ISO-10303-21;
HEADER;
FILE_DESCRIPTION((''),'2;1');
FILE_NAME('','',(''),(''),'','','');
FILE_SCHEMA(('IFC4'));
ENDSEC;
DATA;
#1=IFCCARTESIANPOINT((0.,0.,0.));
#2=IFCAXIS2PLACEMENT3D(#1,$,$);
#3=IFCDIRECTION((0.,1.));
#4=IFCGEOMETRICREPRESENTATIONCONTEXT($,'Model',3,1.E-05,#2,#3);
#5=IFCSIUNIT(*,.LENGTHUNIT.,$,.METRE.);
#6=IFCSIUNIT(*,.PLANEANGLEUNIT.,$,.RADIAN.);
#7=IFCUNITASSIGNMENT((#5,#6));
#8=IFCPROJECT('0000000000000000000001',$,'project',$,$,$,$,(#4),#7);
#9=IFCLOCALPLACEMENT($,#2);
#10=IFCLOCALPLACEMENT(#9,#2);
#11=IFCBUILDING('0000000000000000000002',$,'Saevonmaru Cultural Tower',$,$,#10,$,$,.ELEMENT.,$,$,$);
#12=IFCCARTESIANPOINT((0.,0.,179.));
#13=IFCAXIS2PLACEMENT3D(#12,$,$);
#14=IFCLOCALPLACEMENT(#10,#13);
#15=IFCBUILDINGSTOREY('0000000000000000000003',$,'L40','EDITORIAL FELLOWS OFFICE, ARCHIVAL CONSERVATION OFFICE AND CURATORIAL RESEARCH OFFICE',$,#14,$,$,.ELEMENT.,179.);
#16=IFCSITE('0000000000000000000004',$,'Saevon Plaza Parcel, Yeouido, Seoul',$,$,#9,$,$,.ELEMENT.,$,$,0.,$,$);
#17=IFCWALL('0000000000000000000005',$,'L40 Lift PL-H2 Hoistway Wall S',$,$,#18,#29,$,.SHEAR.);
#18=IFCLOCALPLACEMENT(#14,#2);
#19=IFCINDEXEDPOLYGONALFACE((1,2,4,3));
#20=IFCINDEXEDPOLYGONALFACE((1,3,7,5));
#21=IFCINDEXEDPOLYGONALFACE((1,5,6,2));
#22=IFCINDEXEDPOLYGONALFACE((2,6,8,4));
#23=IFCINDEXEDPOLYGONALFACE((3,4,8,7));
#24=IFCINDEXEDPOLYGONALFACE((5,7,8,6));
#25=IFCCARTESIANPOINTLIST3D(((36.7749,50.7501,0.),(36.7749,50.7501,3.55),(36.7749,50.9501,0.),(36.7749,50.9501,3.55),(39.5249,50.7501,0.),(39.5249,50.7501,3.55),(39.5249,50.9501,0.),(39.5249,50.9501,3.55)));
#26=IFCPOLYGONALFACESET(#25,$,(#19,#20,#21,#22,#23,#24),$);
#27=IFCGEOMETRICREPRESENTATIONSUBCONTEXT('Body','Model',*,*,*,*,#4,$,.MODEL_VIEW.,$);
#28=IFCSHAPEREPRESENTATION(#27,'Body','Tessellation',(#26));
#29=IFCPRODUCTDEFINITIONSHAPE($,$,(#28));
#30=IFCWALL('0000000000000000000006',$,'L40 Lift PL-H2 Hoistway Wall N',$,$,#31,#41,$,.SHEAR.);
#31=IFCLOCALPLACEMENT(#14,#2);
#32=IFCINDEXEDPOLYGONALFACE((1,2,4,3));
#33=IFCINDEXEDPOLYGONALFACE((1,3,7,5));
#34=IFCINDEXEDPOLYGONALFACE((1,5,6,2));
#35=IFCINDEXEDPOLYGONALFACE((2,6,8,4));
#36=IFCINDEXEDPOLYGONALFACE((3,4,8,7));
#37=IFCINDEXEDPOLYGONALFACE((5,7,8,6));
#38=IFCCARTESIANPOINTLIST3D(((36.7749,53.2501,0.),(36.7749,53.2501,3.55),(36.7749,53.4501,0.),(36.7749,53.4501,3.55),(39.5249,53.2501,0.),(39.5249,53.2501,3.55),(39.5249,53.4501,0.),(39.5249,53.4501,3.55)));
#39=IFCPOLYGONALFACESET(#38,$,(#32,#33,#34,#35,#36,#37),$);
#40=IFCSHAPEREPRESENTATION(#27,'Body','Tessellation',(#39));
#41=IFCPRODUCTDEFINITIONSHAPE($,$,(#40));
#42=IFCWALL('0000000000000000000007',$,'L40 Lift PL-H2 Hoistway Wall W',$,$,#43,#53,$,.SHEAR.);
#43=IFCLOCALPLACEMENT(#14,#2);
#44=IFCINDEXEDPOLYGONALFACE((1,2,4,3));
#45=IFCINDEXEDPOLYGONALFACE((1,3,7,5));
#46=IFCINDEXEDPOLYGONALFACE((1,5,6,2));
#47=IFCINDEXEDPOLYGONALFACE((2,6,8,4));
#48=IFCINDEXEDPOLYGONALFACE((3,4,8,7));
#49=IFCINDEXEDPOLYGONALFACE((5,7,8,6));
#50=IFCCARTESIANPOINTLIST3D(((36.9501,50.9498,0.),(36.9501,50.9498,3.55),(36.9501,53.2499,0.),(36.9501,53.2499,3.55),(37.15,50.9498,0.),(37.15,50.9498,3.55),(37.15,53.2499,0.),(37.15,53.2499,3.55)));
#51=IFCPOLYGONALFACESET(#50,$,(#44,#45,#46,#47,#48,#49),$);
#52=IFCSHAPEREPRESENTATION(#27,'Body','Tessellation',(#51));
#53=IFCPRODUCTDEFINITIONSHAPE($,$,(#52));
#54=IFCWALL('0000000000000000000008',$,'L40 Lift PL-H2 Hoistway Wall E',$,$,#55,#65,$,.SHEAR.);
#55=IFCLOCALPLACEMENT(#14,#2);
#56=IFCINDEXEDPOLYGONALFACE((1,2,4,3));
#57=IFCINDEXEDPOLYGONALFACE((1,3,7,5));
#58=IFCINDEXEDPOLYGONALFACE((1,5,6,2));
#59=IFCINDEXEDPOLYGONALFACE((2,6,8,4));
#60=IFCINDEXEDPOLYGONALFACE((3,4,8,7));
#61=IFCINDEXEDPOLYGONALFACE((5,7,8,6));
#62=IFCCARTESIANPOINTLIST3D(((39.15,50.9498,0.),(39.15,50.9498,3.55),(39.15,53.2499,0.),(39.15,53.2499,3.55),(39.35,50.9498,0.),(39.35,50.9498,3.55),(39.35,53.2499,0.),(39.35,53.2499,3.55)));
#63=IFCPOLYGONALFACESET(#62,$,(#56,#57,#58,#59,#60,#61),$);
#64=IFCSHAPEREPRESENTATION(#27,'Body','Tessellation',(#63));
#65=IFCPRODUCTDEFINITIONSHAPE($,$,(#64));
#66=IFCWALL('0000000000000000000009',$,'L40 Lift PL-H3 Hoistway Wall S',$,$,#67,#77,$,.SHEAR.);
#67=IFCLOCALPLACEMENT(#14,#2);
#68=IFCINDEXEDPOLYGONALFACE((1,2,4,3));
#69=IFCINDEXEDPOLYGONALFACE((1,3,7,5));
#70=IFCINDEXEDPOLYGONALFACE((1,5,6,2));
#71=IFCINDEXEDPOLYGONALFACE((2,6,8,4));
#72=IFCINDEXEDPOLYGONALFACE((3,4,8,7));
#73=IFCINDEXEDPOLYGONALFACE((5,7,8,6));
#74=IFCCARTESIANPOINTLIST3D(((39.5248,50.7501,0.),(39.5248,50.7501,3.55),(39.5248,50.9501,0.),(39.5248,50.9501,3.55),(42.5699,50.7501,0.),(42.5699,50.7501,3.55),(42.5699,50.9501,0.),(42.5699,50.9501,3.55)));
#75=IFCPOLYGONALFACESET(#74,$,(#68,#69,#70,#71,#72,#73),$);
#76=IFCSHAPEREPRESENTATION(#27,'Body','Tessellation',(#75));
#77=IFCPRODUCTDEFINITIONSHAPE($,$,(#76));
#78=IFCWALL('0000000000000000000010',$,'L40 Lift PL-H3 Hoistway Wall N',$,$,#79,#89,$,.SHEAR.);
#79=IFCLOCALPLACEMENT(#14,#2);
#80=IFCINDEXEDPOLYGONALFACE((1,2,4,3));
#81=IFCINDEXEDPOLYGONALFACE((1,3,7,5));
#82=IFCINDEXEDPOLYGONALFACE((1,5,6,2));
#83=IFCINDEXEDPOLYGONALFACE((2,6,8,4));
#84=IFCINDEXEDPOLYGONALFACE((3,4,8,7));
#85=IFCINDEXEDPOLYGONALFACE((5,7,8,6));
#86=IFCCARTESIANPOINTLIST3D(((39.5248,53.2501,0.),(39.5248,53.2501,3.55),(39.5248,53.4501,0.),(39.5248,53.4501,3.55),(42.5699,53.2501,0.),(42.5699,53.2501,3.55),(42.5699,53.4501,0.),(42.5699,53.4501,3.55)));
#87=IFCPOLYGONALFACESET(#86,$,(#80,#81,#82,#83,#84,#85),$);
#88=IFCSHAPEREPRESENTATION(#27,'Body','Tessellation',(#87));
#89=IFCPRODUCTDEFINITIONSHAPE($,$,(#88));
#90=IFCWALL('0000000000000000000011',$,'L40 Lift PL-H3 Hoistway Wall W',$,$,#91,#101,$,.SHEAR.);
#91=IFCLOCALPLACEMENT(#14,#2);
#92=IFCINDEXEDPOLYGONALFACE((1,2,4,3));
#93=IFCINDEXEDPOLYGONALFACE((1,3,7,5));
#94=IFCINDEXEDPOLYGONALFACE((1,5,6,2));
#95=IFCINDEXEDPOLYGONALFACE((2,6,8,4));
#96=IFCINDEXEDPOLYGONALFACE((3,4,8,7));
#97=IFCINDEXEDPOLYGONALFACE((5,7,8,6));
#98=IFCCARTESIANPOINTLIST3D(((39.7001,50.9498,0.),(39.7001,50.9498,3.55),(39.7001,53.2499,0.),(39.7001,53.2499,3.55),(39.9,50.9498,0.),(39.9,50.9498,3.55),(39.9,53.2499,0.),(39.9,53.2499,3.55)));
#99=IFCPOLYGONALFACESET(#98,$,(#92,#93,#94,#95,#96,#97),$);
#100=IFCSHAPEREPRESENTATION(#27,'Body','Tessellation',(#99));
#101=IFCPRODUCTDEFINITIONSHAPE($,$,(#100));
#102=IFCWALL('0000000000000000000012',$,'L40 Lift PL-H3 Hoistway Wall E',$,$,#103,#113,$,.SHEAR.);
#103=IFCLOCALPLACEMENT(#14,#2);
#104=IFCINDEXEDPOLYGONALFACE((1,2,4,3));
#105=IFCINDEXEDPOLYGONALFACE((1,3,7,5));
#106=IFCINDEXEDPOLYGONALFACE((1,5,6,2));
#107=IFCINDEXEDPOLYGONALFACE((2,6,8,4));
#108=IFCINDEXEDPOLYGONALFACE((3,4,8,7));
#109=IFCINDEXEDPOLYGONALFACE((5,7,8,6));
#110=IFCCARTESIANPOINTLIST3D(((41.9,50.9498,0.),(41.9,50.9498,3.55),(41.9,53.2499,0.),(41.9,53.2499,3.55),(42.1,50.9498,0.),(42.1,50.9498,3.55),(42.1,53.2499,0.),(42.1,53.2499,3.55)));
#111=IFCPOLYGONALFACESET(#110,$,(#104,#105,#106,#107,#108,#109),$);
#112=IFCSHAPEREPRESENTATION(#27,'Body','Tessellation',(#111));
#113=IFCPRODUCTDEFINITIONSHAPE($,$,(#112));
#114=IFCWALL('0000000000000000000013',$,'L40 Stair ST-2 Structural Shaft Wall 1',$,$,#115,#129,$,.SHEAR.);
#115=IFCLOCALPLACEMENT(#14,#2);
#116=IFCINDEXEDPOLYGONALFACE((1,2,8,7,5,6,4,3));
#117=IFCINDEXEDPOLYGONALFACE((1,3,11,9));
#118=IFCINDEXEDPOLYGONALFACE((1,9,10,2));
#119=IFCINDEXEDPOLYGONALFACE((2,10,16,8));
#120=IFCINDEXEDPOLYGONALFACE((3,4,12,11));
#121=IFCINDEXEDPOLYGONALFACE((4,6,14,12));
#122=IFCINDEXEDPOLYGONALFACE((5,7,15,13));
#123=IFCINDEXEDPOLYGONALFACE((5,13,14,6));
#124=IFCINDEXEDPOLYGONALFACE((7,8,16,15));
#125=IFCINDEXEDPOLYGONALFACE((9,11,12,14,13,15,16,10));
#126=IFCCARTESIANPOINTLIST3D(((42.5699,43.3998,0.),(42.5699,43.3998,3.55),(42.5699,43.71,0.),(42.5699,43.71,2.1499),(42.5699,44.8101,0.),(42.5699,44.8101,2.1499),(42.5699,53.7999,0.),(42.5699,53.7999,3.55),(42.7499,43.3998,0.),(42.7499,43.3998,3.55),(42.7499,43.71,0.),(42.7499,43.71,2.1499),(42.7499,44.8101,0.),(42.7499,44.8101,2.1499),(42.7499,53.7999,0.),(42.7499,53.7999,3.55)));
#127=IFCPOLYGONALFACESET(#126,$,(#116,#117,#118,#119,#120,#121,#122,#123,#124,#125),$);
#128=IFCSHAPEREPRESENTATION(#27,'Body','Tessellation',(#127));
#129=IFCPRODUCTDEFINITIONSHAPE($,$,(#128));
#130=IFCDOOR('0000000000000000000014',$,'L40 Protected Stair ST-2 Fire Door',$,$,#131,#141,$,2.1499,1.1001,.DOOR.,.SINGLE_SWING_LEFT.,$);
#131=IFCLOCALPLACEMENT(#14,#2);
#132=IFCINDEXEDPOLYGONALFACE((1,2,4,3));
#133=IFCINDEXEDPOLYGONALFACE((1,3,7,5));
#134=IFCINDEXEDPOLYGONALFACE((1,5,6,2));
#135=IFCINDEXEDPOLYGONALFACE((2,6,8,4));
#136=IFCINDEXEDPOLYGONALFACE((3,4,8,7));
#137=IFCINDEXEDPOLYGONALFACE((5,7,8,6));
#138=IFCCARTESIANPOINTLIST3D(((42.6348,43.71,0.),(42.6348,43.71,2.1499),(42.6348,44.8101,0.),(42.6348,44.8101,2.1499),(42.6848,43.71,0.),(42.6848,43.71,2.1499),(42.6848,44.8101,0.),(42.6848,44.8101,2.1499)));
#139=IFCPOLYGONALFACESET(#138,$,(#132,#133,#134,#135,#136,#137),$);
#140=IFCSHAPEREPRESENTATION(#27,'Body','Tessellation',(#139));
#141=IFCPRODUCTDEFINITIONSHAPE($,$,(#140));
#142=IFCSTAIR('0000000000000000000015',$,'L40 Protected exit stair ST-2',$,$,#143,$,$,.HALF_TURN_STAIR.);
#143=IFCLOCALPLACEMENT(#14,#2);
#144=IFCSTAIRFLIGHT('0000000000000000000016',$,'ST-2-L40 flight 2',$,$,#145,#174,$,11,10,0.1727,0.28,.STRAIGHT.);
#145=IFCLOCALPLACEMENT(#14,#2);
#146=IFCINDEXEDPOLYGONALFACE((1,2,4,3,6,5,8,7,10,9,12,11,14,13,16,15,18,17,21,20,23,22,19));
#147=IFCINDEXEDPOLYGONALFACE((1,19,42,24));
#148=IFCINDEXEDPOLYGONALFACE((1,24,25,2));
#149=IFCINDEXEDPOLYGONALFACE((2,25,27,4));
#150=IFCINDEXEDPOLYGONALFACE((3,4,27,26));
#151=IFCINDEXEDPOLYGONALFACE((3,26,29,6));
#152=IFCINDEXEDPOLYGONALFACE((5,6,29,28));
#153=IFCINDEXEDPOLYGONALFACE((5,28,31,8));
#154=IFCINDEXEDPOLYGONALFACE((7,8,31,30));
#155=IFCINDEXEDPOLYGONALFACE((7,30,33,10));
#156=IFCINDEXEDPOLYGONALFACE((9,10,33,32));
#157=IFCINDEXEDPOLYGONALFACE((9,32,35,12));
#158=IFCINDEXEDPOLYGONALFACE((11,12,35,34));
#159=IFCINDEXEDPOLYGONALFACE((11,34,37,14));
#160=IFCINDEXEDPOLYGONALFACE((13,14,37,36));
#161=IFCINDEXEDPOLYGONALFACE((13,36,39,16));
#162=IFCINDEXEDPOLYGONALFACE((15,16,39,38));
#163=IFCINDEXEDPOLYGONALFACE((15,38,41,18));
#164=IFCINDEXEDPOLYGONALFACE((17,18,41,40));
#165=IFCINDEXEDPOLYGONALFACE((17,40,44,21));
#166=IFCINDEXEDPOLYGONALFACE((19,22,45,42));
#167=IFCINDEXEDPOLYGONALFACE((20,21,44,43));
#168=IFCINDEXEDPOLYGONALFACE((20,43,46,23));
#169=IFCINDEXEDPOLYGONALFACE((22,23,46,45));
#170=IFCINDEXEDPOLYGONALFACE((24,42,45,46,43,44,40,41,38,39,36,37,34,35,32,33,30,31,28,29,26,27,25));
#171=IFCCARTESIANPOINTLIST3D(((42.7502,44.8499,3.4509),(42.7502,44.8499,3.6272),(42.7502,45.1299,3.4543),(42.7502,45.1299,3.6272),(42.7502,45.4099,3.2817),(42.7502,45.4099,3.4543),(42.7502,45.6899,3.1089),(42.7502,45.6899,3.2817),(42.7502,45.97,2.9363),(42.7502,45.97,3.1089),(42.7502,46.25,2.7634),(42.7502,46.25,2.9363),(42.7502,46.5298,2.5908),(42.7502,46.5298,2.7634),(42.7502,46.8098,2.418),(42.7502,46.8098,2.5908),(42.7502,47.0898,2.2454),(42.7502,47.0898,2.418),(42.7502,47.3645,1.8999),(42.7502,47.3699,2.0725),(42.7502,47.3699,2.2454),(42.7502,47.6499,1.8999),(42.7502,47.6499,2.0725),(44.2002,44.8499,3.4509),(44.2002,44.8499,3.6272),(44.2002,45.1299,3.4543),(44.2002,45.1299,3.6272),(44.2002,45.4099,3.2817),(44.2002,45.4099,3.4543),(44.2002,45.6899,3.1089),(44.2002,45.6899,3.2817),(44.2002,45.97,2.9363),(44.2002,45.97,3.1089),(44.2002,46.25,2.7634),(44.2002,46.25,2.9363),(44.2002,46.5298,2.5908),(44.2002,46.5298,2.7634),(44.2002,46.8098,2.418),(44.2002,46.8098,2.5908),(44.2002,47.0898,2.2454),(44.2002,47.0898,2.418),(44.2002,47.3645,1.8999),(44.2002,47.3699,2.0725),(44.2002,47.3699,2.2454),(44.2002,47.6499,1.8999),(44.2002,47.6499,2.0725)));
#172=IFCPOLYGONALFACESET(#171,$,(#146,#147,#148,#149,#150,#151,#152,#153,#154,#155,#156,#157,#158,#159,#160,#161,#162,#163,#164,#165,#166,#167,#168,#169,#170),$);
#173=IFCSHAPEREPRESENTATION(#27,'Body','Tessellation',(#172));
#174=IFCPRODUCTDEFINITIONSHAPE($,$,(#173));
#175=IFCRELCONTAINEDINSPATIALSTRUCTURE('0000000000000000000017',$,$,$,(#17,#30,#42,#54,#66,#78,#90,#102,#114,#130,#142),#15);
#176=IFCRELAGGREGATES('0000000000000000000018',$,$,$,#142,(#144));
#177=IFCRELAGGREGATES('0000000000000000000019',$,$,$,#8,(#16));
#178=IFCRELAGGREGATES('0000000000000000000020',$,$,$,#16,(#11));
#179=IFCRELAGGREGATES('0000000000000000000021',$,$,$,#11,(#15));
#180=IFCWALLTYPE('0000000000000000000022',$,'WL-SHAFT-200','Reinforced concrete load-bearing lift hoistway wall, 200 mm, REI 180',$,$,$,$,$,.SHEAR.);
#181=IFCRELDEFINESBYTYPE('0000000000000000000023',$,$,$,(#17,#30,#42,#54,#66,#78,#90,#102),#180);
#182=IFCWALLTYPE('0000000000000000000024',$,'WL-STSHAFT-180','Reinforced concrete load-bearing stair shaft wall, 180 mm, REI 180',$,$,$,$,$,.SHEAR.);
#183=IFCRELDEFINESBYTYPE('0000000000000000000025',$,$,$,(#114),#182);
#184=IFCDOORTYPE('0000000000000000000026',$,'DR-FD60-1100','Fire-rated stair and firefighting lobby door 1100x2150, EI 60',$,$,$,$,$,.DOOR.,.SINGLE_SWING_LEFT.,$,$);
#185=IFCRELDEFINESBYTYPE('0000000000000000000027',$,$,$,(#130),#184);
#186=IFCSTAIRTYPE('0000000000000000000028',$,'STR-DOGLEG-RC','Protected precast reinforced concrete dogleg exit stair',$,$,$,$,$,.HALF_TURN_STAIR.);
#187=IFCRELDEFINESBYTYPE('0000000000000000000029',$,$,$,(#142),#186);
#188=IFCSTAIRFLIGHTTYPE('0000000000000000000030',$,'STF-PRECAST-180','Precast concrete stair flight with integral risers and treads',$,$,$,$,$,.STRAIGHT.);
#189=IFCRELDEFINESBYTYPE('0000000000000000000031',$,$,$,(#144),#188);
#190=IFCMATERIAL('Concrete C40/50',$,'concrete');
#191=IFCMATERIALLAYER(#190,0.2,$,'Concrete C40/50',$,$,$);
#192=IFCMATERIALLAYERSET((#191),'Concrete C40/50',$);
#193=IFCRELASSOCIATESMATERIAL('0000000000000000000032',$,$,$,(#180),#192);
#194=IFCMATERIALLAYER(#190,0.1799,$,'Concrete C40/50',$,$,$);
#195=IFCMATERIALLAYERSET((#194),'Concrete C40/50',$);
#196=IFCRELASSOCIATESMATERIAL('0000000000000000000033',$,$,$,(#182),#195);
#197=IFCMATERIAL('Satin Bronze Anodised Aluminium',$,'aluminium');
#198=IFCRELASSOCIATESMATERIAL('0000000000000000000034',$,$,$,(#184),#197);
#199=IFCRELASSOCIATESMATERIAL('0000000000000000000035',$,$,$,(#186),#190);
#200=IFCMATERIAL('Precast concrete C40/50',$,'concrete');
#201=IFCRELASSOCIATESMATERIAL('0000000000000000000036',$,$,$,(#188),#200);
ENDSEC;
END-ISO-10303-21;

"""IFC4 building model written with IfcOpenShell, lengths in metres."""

from ifc_helpers import new_model, si_unit, direction, frame, frame_2d, origin, place, context, subcontext, project, spatial, polyline, rectangle, outline, extrude, material, layer, layer_set, type_object, element, fill, aggregate, save


model = new_model("IFC4")

# Units and contexts
model_context = context("Model", 3, precision=1e-05, world=origin(), true_north=direction((0.0, 1.0)))
body_context = subcontext(model_context, "Body", "Model", "MODEL_VIEW")
ifc_project = project(units=[si_unit("LENGTHUNIT", "METRE"), si_unit("PLANEANGLEUNIT", "RADIAN")], contexts=[model_context])

# Site, building, storey
site_placement = place(None, origin())
site = spatial("IfcSite", under=ifc_project, at=site_placement, Name="Saevon Plaza Parcel, Yeouido, Seoul", CompositionType="ELEMENT", RefElevation=0.0)
building_placement = place(site_placement, origin())
building = spatial("IfcBuilding", under=site, at=building_placement, Name="Saevonmaru Cultural Tower", CompositionType="ELEMENT")
storey_placement = place(building_placement, frame((0.0, 0.0, 179.0)))
storey = spatial("IfcBuildingStorey", under=building, at=storey_placement, Name="L40", Description="EDITORIAL FELLOWS OFFICE, ARCHIVAL CONSERVATION OFFICE AND CURATORIAL RESEARCH OFFICE", CompositionType="ELEMENT", Elevation=179.0)

# Shared definitions
ifc_material_1 = material(Name="Satin Bronze Anodised Aluminium", Category="aluminium")

# Walls
ifc_material_2 = material(Name="Concrete C40/50", Category="concrete")
ifc_layer_1 = layer(ifc_material_2, 0.2, Name="Concrete C40/50")
ifc_layer_set_1 = layer_set([ifc_layer_1], Name="Concrete C40/50")
wall_type_1 = type_object("IfcWallType", Name="WL-SHAFT-200", Description="Reinforced concrete load-bearing lift hoistway wall, 200 mm, REI 180", PredefinedType="SHEAR", material=ifc_layer_set_1)
for number, where, z_axis, x_axis, name in (
    (1, (36.7749, 50.8501, 0.0), (0.0, 0.0, 1.0), (1.0, 0.0, 0.0), "L40 Lift PL-H2 Hoistway Wall S"),
    (2, (36.7749, 53.3501, 0.0), (0.0, 0.0, 1.0), (1.0, 0.0, 0.0), "L40 Lift PL-H2 Hoistway Wall N"),
):
    element("IfcWall", number, at=place(storey_placement, frame(where, z_axis=z_axis, x_axis=x_axis)), inside=storey, type_object=wall_type_1, Name=name, PredefinedType="SHEAR", context=body_context, shape_type="SweptSolid", body=[
        extrude(rectangle(XDim=2.75, YDim=0.2, at=frame_2d((1.375, 0.0))), origin(), (0.0, 0.0, 1.0), 3.55),
    ])
for number, where, z_axis, x_axis, name in (
    (3, (37.05, 50.95, 0.0), (0.0, 0.0, 1.0), (0.0, 1.0, 0.0), "L40 Lift PL-H2 Hoistway Wall W"),
    (4, (39.25, 50.95, 0.0), (0.0, 0.0, 1.0), (0.0, 1.0, 0.0), "L40 Lift PL-H2 Hoistway Wall E"),
):
    element("IfcWall", number, at=place(storey_placement, frame(where, z_axis=z_axis, x_axis=x_axis)), inside=storey, type_object=wall_type_1, Name=name, PredefinedType="SHEAR", context=body_context, shape_type="SweptSolid", body=[
        extrude(rectangle(XDim=2.3, YDim=0.2, at=frame_2d((1.1499, 0.0))), origin(), (0.0, 0.0, 1.0), 3.55),
    ])
for number, where, z_axis, x_axis, name in (
    (5, (39.5249, 50.8501, 0.0), (0.0, 0.0, 1.0), (1.0, 0.0, 0.0), "L40 Lift PL-H3 Hoistway Wall S"),
    (6, (39.5249, 53.3501, 0.0), (0.0, 0.0, 1.0), (1.0, 0.0, 0.0), "L40 Lift PL-H3 Hoistway Wall N"),
):
    element("IfcWall", number, at=place(storey_placement, frame(where, z_axis=z_axis, x_axis=x_axis)), inside=storey, type_object=wall_type_1, Name=name, PredefinedType="SHEAR", context=body_context, shape_type="SweptSolid", body=[
        extrude(rectangle(XDim=3.0452, YDim=0.2, at=frame_2d((1.5225, 0.0))), origin(), (0.0, 0.0, 1.0), 3.55),
    ])
for number, where, z_axis, x_axis, name in (
    (7, (39.8, 50.95, 0.0), (0.0, 0.0, 1.0), (0.0, 1.0, 0.0), "L40 Lift PL-H3 Hoistway Wall W"),
    (8, (42.0, 50.95, 0.0), (0.0, 0.0, 1.0), (0.0, 1.0, 0.0), "L40 Lift PL-H3 Hoistway Wall E"),
):
    element("IfcWall", number, at=place(storey_placement, frame(where, z_axis=z_axis, x_axis=x_axis)), inside=storey, type_object=wall_type_1, Name=name, PredefinedType="SHEAR", context=body_context, shape_type="SweptSolid", body=[
        extrude(rectangle(XDim=2.3, YDim=0.2, at=frame_2d((1.1499, 0.0))), origin(), (0.0, 0.0, 1.0), 3.55),
    ])

# Wall, opening, door
ifc_layer_2 = layer(ifc_material_2, 0.1799, Name="Concrete C40/50")
ifc_layer_set_2 = layer_set([ifc_layer_2], Name="Concrete C40/50")
wall_type_2 = type_object("IfcWallType", Name="WL-STSHAFT-180", Description="Reinforced concrete load-bearing stair shaft wall, 180 mm, REI 180", PredefinedType="SHEAR", material=ifc_layer_set_2)
wall_1_placement = place(storey_placement, frame((42.6599, 53.8, 0.0), z_axis=(0.0, 0.0, 1.0), x_axis=(0.0, -1.0, 0.0)))
wall_1 = element("IfcWall", 9, at=wall_1_placement, inside=storey, type_object=wall_type_2, Name="L40 Stair ST-2 Structural Shaft Wall 1", PredefinedType="SHEAR", context=body_context, shape_type="SweptSolid", body=[
    extrude(rectangle(XDim=10.4001, YDim=0.1799, at=frame_2d((5.2002, 0.0))), origin(), (0.0, 0.0, 1.0), 3.55),
])
opening_placement = place(wall_1_placement, frame((8.99, 0.0, 0.0)))
opening = element("IfcOpeningElement", 10, at=opening_placement, cuts=wall_1, PredefinedType="OPENING", context=body_context, shape_type="SweptSolid", body=[
    extrude(rectangle(XDim=1.1001, YDim=2.1499, at=frame_2d((0.55, 1.075))), frame((0.0, 0.1001, 0.0), z_axis=(0.0, -1.0, 0.0), x_axis=(1.0, 0.0, 0.0)), (0.0, 0.0, 1.0), 0.2),
])
door_type = type_object("IfcDoorType", Name="DR-FD60-1100", Description="Fire-rated stair and firefighting lobby door 1100x2150, EI 60", OperationType="SINGLE_SWING_LEFT", PredefinedType="DOOR", material=ifc_material_1)
door_placement = place(opening_placement, origin())
door = element("IfcDoor", 11, at=door_placement, inside=storey, type_object=door_type, Name="L40 Protected Stair ST-2 Fire Door", OperationType="SINGLE_SWING_LEFT", OverallHeight=2.1499, OverallWidth=1.1001, PredefinedType="DOOR", context=body_context, shape_type="SweptSolid", body=[
    extrude(rectangle(XDim=1.1001, YDim=2.1499, at=frame_2d((0.55, 1.075))), frame((0.0, 0.0249, 0.0), z_axis=(0.0, -1.0, 0.0), x_axis=(1.0, 0.0, 0.0)), (0.0, 0.0, 1.0), 0.05),
])
fill(opening, door)

# Stair, stair flight
stair_type = type_object("IfcStairType", Name="STR-DOGLEG-RC", Description="Protected precast reinforced concrete dogleg exit stair", PredefinedType="HALF_TURN_STAIR", material=ifc_material_2)
stair_placement = place(storey_placement, origin())
stair = element("IfcStair", 12, at=stair_placement, inside=storey, type_object=stair_type, Name="L40 Protected exit stair ST-2", PredefinedType="HALF_TURN_STAIR")
ifc_material_3 = material(Name="Precast concrete C40/50", Category="concrete")
stair_flight_type = type_object("IfcStairFlightType", Name="STF-PRECAST-180", Description="Precast concrete stair flight with integral risers and treads", PredefinedType="STRAIGHT", material=ifc_material_3)
stair_flight_placement = place(storey_placement, frame((43.4751, 47.6499, 1.8999), z_axis=(0.0, 0.0, 1.0), x_axis=(0.0, -1.0, 0.0)))
stair_flight = element("IfcStairFlight", 13, at=stair_flight_placement, type_object=stair_flight_type, Name="ST-2-L40 flight 2", NumberOfRisers=11, NumberOfTreads=10, PredefinedType="STRAIGHT", RiserHeight=0.1727, TreadLength=0.28, context=body_context, shape_type="SweptSolid", body=[
    extrude(outline(polyline([(0.0, 0.0), (0.0, 0.1726), (0.28, 0.1726), (0.28, 0.3455), (0.5601, 0.3455), (0.5601, 0.5181), (0.8401, 0.5181), (0.8401, 0.6909), (1.1201, 0.6909), (1.1201, 0.8635), (1.3999, 0.8635), (1.3999, 1.0364), (1.6799, 1.0364), (1.6799, 1.209), (1.96, 1.209), (1.96, 1.3818), (2.24, 1.3818), (2.24, 1.5544), (2.52, 1.5544), (2.52, 1.7273), (2.8, 1.7273), (2.8, 1.8999), (2.8, 1.551), (0.2854, 0.0), (0.0, 0.0)])), frame((0.0, 0.7251, 0.0), z_axis=(0.0, -1.0, 0.0), x_axis=(1.0, 0.0, 0.0)), (0.0, 0.0, 1.0), 1.45),
])
aggregate(stair, [stair_flight])

save(model, "model.ifc")
